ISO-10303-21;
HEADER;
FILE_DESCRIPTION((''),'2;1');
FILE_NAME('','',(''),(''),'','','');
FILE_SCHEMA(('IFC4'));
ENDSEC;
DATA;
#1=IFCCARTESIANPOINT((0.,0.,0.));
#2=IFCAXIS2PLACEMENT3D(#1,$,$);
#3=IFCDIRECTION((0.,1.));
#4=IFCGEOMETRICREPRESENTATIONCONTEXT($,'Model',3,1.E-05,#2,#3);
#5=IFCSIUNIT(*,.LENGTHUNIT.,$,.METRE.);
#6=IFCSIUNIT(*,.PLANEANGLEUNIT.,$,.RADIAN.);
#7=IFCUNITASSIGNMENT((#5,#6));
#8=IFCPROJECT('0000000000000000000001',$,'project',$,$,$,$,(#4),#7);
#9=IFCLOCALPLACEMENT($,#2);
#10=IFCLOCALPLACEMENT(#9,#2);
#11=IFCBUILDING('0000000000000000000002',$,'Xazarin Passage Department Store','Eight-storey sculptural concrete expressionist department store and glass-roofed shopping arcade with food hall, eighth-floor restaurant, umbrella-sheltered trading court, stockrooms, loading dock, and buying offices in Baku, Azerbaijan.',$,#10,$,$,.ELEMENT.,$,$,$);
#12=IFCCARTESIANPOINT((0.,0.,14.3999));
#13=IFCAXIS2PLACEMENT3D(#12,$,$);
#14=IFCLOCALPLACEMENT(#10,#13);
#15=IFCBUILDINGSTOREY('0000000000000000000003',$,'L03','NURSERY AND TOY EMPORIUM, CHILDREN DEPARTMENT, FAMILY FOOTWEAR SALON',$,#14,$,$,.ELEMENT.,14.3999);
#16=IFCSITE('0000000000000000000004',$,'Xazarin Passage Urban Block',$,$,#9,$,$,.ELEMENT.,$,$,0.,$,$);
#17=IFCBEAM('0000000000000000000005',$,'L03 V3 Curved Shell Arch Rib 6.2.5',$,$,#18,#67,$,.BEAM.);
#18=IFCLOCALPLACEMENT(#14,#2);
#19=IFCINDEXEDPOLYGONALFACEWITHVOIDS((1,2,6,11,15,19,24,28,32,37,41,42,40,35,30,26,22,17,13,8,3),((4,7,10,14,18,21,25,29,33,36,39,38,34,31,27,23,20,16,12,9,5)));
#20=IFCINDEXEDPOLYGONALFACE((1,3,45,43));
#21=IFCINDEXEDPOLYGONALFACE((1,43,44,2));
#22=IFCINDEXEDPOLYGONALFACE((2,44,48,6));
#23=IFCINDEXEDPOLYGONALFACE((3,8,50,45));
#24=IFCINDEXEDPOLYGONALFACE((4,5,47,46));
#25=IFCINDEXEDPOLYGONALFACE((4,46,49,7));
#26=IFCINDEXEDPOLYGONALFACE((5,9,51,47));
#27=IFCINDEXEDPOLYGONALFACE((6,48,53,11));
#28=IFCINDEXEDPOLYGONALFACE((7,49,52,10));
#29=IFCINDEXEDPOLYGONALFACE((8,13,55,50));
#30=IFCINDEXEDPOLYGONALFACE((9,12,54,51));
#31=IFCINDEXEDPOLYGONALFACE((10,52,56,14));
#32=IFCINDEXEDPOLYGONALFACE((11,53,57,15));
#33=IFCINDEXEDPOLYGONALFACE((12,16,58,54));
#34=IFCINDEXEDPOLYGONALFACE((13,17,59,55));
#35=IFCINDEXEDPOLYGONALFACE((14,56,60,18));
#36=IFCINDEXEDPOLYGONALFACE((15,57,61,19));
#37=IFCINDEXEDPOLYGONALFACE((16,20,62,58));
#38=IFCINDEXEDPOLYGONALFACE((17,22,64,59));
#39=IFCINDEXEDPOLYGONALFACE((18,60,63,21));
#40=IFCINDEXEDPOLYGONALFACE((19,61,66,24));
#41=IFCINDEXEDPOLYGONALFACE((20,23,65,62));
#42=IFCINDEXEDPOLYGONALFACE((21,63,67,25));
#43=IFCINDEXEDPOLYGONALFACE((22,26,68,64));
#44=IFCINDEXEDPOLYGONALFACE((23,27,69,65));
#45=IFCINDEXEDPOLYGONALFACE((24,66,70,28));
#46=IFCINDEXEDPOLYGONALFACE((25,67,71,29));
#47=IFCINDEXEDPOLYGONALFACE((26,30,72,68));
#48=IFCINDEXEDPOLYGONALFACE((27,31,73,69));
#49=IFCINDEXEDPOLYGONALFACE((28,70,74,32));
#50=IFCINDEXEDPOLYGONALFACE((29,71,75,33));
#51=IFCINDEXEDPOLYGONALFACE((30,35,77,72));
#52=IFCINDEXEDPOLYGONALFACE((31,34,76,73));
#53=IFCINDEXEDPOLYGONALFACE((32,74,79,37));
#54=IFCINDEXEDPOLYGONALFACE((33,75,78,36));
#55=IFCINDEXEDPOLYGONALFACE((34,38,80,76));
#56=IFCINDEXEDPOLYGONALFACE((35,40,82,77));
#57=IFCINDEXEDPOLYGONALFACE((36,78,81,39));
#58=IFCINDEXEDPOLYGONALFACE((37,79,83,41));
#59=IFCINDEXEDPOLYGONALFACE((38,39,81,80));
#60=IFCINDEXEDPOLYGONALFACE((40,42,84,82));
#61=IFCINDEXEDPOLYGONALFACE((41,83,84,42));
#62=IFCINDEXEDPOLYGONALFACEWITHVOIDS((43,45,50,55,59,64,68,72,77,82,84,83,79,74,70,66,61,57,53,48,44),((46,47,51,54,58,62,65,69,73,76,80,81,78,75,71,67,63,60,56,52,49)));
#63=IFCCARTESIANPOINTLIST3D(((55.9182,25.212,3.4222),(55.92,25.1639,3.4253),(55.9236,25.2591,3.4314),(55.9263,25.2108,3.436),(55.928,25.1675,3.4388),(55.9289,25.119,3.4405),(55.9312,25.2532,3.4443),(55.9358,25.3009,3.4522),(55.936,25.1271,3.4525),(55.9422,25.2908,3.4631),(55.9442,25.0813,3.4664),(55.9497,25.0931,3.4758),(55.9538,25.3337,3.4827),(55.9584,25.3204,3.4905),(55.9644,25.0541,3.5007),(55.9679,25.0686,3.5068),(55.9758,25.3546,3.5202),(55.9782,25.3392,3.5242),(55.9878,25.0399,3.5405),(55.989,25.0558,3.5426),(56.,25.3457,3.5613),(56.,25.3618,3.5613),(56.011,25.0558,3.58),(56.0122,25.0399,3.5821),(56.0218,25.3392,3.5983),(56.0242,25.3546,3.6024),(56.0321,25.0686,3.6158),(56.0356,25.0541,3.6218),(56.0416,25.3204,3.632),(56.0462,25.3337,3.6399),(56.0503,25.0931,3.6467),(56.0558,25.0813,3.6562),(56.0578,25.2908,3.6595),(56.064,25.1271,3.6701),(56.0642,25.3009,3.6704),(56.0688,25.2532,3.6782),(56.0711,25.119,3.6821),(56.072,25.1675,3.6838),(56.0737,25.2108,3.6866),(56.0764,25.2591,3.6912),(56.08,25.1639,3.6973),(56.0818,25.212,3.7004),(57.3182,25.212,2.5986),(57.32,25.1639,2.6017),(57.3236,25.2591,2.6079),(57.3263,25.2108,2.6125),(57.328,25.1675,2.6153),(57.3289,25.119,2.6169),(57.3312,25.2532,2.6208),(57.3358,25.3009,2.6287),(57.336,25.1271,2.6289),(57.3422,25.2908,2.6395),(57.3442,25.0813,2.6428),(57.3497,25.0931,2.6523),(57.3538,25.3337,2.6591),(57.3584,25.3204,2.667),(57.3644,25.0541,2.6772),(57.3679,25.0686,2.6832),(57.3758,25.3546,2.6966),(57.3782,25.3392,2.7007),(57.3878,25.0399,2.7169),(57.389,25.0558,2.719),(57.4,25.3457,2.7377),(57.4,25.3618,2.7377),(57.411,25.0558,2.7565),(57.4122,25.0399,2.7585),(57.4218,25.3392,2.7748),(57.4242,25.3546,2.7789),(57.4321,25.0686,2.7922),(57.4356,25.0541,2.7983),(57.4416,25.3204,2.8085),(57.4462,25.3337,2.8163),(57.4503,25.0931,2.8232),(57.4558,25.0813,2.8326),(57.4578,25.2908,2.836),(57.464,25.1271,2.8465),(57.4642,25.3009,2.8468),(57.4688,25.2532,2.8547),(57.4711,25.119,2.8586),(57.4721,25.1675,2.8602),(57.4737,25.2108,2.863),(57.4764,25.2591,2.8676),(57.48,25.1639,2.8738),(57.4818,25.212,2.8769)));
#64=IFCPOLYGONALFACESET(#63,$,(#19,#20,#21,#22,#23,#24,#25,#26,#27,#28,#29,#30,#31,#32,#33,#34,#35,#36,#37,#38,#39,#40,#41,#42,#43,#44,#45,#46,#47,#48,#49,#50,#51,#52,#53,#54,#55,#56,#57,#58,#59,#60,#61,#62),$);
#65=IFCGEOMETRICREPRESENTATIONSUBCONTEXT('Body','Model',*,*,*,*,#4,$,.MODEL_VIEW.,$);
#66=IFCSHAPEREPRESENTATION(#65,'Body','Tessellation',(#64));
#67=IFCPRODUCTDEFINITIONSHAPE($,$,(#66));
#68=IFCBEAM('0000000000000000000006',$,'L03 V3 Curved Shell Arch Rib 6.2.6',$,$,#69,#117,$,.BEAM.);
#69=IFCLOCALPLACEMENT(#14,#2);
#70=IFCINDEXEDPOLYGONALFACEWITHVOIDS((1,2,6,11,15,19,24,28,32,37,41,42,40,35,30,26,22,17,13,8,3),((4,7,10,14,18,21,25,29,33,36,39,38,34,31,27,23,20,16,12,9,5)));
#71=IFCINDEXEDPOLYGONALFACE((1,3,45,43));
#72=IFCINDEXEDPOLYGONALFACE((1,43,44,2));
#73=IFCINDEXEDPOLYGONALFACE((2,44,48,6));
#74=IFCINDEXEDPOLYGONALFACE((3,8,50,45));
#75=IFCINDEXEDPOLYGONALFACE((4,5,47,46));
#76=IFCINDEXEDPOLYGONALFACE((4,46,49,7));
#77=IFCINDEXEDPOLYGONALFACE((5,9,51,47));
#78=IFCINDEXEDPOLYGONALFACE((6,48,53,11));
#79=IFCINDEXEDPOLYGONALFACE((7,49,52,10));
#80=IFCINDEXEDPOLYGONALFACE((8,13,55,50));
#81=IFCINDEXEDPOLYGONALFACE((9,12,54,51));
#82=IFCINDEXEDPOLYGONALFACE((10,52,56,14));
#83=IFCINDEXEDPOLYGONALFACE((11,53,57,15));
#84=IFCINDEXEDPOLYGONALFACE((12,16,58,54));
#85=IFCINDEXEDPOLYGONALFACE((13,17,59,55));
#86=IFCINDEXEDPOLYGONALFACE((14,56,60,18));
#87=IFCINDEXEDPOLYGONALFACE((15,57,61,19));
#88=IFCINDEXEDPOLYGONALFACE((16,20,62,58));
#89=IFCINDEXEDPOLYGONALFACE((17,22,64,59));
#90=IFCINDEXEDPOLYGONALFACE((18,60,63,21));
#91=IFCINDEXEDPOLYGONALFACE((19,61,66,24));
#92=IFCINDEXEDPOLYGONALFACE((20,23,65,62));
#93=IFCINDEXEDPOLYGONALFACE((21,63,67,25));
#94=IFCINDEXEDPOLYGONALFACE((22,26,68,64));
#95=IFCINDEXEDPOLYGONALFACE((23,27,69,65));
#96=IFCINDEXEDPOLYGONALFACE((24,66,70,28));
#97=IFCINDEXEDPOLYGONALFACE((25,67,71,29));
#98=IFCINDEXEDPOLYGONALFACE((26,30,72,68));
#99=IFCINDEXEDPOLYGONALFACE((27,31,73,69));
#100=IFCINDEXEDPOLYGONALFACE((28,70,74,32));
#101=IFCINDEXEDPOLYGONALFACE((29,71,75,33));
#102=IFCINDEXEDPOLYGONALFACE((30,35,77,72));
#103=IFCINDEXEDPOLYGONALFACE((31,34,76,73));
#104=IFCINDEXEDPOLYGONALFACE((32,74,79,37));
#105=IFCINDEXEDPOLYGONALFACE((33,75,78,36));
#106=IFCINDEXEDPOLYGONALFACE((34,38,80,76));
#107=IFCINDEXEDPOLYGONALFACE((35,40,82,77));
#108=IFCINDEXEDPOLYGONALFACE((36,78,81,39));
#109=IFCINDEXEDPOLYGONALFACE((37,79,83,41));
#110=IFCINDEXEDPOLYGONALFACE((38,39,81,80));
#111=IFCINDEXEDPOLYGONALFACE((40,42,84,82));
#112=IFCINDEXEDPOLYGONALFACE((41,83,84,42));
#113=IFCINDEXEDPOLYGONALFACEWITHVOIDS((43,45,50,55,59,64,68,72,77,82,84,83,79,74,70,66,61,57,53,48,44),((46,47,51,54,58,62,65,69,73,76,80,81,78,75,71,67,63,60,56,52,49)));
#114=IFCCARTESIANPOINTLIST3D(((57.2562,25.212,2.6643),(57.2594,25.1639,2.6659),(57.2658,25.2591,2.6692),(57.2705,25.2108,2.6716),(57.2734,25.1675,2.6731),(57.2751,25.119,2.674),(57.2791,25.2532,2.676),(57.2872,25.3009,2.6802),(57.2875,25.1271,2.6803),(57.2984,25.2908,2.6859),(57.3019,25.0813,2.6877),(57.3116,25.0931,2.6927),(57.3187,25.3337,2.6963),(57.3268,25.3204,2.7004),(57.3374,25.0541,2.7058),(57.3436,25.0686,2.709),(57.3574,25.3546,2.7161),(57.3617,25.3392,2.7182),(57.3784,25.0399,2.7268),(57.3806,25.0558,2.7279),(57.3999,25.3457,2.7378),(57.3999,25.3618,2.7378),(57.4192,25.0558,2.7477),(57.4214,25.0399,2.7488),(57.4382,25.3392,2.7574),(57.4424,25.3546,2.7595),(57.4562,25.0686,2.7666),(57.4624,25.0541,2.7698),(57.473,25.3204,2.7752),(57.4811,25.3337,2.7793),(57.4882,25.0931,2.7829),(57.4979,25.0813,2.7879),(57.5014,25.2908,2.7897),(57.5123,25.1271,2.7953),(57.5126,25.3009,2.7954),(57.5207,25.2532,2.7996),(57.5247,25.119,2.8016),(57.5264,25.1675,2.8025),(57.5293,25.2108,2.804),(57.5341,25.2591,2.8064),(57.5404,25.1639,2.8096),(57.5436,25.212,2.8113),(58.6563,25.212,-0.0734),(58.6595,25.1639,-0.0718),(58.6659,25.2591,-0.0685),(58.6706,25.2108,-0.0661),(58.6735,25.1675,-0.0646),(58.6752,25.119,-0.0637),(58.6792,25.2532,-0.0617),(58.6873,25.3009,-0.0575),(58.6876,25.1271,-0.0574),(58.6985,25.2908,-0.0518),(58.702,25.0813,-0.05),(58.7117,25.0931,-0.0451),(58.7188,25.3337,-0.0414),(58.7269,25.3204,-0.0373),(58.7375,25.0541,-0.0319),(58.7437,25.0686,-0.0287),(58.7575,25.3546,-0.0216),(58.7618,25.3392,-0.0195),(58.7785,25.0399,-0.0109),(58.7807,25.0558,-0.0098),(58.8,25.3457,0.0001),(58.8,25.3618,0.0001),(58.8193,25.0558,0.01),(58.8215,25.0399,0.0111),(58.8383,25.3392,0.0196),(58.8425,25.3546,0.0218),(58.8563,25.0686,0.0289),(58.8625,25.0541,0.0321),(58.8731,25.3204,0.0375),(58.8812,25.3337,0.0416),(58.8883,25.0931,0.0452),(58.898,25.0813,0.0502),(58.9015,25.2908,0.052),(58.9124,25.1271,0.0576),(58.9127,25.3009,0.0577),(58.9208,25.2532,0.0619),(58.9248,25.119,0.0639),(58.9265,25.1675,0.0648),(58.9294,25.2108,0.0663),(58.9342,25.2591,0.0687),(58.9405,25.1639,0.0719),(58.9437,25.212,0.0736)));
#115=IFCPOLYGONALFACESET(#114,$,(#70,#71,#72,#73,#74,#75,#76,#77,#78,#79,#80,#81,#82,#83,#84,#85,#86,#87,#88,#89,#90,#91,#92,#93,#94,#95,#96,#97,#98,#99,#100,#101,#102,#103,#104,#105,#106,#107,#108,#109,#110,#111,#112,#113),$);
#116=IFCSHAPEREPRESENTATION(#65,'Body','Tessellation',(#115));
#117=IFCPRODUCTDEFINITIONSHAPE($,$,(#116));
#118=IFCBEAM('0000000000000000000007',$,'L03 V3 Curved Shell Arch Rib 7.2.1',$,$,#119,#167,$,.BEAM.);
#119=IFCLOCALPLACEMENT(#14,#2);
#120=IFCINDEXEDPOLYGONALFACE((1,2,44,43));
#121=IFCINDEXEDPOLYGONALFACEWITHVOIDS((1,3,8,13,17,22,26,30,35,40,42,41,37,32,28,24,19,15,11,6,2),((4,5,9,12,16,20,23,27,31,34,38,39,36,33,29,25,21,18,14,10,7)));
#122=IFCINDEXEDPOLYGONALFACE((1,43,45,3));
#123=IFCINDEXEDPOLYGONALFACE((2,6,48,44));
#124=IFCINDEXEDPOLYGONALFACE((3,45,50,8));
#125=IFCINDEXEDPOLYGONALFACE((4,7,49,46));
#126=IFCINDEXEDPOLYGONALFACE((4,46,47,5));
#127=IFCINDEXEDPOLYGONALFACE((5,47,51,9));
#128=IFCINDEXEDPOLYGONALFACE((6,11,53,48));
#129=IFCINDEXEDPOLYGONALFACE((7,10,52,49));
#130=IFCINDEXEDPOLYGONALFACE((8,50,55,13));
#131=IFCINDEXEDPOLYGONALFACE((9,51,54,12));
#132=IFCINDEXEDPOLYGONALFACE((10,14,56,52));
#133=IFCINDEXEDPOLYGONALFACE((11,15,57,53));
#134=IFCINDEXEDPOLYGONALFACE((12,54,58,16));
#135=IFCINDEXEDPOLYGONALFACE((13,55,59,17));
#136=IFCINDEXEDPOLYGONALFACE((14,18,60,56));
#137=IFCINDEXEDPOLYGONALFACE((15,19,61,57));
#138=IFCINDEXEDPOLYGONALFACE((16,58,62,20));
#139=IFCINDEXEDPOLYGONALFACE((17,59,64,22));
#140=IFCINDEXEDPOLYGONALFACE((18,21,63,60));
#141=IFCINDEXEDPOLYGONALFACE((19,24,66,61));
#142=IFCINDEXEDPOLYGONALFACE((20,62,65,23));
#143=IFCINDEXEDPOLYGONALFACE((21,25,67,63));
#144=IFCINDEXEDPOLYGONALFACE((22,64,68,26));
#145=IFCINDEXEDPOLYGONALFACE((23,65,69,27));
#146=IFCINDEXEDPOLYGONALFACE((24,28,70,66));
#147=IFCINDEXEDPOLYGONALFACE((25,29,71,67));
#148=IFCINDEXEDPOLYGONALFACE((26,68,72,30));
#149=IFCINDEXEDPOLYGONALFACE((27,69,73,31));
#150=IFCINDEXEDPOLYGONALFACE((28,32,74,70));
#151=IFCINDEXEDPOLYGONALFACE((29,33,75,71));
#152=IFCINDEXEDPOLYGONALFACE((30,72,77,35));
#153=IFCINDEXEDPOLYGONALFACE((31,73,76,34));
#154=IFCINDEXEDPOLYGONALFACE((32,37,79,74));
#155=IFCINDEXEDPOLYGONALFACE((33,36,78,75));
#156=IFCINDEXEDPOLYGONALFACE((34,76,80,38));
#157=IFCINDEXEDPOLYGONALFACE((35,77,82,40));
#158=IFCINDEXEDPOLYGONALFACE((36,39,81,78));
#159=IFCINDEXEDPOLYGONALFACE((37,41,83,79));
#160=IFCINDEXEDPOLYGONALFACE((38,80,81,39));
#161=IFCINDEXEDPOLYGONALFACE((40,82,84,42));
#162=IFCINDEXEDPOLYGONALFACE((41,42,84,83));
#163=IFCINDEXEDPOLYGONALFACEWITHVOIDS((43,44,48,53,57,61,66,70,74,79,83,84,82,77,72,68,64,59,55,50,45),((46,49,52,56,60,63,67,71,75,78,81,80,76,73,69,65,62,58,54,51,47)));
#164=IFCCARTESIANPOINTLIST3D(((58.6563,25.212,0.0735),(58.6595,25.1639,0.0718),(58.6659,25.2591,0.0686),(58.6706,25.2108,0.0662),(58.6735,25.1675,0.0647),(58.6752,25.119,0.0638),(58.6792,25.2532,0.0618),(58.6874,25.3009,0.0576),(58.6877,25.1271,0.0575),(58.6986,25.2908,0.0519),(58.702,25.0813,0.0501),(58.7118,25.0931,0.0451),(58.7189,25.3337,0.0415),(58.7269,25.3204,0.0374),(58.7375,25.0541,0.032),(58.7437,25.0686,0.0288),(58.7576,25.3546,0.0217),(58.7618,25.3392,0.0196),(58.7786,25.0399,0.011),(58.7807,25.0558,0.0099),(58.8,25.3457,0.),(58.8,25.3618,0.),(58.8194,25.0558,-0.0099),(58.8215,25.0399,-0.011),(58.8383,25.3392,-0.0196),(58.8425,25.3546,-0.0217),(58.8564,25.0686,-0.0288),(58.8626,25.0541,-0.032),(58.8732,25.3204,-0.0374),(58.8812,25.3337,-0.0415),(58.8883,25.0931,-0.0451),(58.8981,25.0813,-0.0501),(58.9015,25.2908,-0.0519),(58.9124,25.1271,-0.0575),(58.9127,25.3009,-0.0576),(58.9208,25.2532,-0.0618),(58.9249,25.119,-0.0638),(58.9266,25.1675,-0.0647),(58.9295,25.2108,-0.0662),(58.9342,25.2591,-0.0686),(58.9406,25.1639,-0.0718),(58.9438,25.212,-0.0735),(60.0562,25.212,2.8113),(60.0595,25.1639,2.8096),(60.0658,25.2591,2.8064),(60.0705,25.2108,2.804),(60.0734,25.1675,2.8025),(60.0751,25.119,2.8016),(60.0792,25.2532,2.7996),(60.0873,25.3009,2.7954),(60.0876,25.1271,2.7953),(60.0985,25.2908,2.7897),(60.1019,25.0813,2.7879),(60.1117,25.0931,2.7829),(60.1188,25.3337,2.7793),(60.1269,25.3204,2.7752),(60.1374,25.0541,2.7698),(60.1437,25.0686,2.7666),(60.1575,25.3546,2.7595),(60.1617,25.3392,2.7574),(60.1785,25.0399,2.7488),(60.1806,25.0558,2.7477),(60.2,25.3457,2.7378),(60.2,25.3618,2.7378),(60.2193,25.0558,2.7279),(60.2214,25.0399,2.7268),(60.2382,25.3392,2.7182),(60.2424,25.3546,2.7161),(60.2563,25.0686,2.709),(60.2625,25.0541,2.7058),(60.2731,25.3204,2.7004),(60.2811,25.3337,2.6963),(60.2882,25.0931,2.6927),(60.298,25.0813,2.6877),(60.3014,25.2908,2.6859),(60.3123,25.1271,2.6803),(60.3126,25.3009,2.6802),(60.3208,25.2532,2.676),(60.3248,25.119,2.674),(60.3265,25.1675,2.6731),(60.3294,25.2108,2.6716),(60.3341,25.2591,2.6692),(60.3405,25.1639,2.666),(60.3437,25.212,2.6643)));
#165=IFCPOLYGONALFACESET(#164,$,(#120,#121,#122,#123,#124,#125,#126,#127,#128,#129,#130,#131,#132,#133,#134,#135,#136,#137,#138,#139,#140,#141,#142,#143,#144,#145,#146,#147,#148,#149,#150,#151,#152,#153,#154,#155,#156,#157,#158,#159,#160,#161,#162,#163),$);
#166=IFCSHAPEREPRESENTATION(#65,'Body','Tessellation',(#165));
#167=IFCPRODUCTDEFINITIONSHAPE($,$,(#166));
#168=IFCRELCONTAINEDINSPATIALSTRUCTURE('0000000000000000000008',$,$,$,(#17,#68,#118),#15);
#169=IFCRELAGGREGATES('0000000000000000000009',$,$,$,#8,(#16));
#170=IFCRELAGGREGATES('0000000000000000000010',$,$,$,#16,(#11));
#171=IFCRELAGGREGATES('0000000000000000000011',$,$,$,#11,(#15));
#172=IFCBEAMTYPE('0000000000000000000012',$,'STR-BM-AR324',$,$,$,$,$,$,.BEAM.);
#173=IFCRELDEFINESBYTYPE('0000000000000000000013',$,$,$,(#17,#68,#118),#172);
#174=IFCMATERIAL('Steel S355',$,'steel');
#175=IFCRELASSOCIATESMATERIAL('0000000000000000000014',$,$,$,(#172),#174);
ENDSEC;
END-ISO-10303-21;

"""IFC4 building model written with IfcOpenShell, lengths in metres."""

from ifc_helpers import new_model, si_unit, direction, frame, origin, origin_2d, place, context, subcontext, project, spatial, hollow_circle, extrude, material, material_profile, profile_set, type_object, element, save


model = new_model("IFC4")

# Units and contexts
model_context = context("Model", 3, precision=1e-05, world=origin(), true_north=direction((0.0, 1.0)))
body_context = subcontext(model_context, "Body", "Model", "MODEL_VIEW")
ifc_project = project(units=[si_unit("LENGTHUNIT", "METRE"), si_unit("PLANEANGLEUNIT", "RADIAN")], contexts=[model_context])

# Site, building, storey
site_placement = place(None, origin())
site = spatial("IfcSite", under=ifc_project, at=site_placement, Name="Xazarin Passage Urban Block", CompositionType="ELEMENT", RefElevation=0.0)
building_placement = place(site_placement, origin())
building = spatial("IfcBuilding", under=site, at=building_placement, Name="Xazarin Passage Department Store", Description="Eight-storey sculptural concrete expressionist department store and glass-roofed shopping arcade with food hall, eighth-floor restaurant, umbrella-sheltered trading court, stockrooms, loading dock, and buying offices in Baku, Azerbaijan.", CompositionType="ELEMENT")
storey_placement = place(building_placement, frame((0.0, 0.0, 14.3999)))
storey = spatial("IfcBuildingStorey", under=building, at=storey_placement, Name="L03", Description="NURSERY AND TOY EMPORIUM, CHILDREN DEPARTMENT, FAMILY FOOTWEAR SALON", CompositionType="ELEMENT", Elevation=14.3999)

# Beams
ifc_material_1 = material(Name="Steel S355", Category="steel")
ifc_material_profile_1 = material_profile(ifc_material_1, hollow_circle(Radius=0.1619, WallThickness=0.0161, at=origin_2d()), Name="CHS 323.9x16")
ifc_profile_set_1 = profile_set([ifc_material_profile_1], Name="Steel S355")
beam_type_1 = type_object("IfcBeamType", Name="STR-BM-AR324", PredefinedType="BEAM", material=ifc_profile_set_1)
beam_1_placement = place(storey_placement, frame((56.0, 25.2, 3.5613), z_axis=(0.86193, 0.0, -0.507027), x_axis=(0.0, 1.0, 0.0)))
element("IfcBeam", 1, at=beam_1_placement, inside=storey, type_object=beam_type_1, Name="L03 V3 Curved Shell Arch Rib 6.2.5", PredefinedType="BEAM", context=body_context, shape_type="SweptSolid", body=[
    extrude(hollow_circle(Radius=0.1619, WallThickness=0.0161, at=origin_2d()), origin(), (0.0, 0.0, 1.0), 1.6243),
])
for number, where, z_axis, x_axis, name in (
    (2, (57.3999, 25.2, 2.7378), (0.455325, 0.0, -0.890325), (0.0, 1.0, 0.0), "L03 V3 Curved Shell Arch Rib 6.2.6"),
    (3, (58.8, 25.2, 0.0), (0.455262, 0.0, 0.890357), (0.0, 1.0, 0.0), "L03 V3 Curved Shell Arch Rib 7.2.1"),
):
    element("IfcBeam", number, at=place(storey_placement, frame(where, z_axis=z_axis, x_axis=x_axis)), inside=storey, type_object=beam_type_1, Name=name, PredefinedType="BEAM", context=body_context, shape_type="SweptSolid", body=[
        extrude(hollow_circle(Radius=0.1619, WallThickness=0.0161, at=origin_2d()), origin(), (0.0, 0.0, 1.0), 3.075),
    ])

save(model, "model.ifc")
